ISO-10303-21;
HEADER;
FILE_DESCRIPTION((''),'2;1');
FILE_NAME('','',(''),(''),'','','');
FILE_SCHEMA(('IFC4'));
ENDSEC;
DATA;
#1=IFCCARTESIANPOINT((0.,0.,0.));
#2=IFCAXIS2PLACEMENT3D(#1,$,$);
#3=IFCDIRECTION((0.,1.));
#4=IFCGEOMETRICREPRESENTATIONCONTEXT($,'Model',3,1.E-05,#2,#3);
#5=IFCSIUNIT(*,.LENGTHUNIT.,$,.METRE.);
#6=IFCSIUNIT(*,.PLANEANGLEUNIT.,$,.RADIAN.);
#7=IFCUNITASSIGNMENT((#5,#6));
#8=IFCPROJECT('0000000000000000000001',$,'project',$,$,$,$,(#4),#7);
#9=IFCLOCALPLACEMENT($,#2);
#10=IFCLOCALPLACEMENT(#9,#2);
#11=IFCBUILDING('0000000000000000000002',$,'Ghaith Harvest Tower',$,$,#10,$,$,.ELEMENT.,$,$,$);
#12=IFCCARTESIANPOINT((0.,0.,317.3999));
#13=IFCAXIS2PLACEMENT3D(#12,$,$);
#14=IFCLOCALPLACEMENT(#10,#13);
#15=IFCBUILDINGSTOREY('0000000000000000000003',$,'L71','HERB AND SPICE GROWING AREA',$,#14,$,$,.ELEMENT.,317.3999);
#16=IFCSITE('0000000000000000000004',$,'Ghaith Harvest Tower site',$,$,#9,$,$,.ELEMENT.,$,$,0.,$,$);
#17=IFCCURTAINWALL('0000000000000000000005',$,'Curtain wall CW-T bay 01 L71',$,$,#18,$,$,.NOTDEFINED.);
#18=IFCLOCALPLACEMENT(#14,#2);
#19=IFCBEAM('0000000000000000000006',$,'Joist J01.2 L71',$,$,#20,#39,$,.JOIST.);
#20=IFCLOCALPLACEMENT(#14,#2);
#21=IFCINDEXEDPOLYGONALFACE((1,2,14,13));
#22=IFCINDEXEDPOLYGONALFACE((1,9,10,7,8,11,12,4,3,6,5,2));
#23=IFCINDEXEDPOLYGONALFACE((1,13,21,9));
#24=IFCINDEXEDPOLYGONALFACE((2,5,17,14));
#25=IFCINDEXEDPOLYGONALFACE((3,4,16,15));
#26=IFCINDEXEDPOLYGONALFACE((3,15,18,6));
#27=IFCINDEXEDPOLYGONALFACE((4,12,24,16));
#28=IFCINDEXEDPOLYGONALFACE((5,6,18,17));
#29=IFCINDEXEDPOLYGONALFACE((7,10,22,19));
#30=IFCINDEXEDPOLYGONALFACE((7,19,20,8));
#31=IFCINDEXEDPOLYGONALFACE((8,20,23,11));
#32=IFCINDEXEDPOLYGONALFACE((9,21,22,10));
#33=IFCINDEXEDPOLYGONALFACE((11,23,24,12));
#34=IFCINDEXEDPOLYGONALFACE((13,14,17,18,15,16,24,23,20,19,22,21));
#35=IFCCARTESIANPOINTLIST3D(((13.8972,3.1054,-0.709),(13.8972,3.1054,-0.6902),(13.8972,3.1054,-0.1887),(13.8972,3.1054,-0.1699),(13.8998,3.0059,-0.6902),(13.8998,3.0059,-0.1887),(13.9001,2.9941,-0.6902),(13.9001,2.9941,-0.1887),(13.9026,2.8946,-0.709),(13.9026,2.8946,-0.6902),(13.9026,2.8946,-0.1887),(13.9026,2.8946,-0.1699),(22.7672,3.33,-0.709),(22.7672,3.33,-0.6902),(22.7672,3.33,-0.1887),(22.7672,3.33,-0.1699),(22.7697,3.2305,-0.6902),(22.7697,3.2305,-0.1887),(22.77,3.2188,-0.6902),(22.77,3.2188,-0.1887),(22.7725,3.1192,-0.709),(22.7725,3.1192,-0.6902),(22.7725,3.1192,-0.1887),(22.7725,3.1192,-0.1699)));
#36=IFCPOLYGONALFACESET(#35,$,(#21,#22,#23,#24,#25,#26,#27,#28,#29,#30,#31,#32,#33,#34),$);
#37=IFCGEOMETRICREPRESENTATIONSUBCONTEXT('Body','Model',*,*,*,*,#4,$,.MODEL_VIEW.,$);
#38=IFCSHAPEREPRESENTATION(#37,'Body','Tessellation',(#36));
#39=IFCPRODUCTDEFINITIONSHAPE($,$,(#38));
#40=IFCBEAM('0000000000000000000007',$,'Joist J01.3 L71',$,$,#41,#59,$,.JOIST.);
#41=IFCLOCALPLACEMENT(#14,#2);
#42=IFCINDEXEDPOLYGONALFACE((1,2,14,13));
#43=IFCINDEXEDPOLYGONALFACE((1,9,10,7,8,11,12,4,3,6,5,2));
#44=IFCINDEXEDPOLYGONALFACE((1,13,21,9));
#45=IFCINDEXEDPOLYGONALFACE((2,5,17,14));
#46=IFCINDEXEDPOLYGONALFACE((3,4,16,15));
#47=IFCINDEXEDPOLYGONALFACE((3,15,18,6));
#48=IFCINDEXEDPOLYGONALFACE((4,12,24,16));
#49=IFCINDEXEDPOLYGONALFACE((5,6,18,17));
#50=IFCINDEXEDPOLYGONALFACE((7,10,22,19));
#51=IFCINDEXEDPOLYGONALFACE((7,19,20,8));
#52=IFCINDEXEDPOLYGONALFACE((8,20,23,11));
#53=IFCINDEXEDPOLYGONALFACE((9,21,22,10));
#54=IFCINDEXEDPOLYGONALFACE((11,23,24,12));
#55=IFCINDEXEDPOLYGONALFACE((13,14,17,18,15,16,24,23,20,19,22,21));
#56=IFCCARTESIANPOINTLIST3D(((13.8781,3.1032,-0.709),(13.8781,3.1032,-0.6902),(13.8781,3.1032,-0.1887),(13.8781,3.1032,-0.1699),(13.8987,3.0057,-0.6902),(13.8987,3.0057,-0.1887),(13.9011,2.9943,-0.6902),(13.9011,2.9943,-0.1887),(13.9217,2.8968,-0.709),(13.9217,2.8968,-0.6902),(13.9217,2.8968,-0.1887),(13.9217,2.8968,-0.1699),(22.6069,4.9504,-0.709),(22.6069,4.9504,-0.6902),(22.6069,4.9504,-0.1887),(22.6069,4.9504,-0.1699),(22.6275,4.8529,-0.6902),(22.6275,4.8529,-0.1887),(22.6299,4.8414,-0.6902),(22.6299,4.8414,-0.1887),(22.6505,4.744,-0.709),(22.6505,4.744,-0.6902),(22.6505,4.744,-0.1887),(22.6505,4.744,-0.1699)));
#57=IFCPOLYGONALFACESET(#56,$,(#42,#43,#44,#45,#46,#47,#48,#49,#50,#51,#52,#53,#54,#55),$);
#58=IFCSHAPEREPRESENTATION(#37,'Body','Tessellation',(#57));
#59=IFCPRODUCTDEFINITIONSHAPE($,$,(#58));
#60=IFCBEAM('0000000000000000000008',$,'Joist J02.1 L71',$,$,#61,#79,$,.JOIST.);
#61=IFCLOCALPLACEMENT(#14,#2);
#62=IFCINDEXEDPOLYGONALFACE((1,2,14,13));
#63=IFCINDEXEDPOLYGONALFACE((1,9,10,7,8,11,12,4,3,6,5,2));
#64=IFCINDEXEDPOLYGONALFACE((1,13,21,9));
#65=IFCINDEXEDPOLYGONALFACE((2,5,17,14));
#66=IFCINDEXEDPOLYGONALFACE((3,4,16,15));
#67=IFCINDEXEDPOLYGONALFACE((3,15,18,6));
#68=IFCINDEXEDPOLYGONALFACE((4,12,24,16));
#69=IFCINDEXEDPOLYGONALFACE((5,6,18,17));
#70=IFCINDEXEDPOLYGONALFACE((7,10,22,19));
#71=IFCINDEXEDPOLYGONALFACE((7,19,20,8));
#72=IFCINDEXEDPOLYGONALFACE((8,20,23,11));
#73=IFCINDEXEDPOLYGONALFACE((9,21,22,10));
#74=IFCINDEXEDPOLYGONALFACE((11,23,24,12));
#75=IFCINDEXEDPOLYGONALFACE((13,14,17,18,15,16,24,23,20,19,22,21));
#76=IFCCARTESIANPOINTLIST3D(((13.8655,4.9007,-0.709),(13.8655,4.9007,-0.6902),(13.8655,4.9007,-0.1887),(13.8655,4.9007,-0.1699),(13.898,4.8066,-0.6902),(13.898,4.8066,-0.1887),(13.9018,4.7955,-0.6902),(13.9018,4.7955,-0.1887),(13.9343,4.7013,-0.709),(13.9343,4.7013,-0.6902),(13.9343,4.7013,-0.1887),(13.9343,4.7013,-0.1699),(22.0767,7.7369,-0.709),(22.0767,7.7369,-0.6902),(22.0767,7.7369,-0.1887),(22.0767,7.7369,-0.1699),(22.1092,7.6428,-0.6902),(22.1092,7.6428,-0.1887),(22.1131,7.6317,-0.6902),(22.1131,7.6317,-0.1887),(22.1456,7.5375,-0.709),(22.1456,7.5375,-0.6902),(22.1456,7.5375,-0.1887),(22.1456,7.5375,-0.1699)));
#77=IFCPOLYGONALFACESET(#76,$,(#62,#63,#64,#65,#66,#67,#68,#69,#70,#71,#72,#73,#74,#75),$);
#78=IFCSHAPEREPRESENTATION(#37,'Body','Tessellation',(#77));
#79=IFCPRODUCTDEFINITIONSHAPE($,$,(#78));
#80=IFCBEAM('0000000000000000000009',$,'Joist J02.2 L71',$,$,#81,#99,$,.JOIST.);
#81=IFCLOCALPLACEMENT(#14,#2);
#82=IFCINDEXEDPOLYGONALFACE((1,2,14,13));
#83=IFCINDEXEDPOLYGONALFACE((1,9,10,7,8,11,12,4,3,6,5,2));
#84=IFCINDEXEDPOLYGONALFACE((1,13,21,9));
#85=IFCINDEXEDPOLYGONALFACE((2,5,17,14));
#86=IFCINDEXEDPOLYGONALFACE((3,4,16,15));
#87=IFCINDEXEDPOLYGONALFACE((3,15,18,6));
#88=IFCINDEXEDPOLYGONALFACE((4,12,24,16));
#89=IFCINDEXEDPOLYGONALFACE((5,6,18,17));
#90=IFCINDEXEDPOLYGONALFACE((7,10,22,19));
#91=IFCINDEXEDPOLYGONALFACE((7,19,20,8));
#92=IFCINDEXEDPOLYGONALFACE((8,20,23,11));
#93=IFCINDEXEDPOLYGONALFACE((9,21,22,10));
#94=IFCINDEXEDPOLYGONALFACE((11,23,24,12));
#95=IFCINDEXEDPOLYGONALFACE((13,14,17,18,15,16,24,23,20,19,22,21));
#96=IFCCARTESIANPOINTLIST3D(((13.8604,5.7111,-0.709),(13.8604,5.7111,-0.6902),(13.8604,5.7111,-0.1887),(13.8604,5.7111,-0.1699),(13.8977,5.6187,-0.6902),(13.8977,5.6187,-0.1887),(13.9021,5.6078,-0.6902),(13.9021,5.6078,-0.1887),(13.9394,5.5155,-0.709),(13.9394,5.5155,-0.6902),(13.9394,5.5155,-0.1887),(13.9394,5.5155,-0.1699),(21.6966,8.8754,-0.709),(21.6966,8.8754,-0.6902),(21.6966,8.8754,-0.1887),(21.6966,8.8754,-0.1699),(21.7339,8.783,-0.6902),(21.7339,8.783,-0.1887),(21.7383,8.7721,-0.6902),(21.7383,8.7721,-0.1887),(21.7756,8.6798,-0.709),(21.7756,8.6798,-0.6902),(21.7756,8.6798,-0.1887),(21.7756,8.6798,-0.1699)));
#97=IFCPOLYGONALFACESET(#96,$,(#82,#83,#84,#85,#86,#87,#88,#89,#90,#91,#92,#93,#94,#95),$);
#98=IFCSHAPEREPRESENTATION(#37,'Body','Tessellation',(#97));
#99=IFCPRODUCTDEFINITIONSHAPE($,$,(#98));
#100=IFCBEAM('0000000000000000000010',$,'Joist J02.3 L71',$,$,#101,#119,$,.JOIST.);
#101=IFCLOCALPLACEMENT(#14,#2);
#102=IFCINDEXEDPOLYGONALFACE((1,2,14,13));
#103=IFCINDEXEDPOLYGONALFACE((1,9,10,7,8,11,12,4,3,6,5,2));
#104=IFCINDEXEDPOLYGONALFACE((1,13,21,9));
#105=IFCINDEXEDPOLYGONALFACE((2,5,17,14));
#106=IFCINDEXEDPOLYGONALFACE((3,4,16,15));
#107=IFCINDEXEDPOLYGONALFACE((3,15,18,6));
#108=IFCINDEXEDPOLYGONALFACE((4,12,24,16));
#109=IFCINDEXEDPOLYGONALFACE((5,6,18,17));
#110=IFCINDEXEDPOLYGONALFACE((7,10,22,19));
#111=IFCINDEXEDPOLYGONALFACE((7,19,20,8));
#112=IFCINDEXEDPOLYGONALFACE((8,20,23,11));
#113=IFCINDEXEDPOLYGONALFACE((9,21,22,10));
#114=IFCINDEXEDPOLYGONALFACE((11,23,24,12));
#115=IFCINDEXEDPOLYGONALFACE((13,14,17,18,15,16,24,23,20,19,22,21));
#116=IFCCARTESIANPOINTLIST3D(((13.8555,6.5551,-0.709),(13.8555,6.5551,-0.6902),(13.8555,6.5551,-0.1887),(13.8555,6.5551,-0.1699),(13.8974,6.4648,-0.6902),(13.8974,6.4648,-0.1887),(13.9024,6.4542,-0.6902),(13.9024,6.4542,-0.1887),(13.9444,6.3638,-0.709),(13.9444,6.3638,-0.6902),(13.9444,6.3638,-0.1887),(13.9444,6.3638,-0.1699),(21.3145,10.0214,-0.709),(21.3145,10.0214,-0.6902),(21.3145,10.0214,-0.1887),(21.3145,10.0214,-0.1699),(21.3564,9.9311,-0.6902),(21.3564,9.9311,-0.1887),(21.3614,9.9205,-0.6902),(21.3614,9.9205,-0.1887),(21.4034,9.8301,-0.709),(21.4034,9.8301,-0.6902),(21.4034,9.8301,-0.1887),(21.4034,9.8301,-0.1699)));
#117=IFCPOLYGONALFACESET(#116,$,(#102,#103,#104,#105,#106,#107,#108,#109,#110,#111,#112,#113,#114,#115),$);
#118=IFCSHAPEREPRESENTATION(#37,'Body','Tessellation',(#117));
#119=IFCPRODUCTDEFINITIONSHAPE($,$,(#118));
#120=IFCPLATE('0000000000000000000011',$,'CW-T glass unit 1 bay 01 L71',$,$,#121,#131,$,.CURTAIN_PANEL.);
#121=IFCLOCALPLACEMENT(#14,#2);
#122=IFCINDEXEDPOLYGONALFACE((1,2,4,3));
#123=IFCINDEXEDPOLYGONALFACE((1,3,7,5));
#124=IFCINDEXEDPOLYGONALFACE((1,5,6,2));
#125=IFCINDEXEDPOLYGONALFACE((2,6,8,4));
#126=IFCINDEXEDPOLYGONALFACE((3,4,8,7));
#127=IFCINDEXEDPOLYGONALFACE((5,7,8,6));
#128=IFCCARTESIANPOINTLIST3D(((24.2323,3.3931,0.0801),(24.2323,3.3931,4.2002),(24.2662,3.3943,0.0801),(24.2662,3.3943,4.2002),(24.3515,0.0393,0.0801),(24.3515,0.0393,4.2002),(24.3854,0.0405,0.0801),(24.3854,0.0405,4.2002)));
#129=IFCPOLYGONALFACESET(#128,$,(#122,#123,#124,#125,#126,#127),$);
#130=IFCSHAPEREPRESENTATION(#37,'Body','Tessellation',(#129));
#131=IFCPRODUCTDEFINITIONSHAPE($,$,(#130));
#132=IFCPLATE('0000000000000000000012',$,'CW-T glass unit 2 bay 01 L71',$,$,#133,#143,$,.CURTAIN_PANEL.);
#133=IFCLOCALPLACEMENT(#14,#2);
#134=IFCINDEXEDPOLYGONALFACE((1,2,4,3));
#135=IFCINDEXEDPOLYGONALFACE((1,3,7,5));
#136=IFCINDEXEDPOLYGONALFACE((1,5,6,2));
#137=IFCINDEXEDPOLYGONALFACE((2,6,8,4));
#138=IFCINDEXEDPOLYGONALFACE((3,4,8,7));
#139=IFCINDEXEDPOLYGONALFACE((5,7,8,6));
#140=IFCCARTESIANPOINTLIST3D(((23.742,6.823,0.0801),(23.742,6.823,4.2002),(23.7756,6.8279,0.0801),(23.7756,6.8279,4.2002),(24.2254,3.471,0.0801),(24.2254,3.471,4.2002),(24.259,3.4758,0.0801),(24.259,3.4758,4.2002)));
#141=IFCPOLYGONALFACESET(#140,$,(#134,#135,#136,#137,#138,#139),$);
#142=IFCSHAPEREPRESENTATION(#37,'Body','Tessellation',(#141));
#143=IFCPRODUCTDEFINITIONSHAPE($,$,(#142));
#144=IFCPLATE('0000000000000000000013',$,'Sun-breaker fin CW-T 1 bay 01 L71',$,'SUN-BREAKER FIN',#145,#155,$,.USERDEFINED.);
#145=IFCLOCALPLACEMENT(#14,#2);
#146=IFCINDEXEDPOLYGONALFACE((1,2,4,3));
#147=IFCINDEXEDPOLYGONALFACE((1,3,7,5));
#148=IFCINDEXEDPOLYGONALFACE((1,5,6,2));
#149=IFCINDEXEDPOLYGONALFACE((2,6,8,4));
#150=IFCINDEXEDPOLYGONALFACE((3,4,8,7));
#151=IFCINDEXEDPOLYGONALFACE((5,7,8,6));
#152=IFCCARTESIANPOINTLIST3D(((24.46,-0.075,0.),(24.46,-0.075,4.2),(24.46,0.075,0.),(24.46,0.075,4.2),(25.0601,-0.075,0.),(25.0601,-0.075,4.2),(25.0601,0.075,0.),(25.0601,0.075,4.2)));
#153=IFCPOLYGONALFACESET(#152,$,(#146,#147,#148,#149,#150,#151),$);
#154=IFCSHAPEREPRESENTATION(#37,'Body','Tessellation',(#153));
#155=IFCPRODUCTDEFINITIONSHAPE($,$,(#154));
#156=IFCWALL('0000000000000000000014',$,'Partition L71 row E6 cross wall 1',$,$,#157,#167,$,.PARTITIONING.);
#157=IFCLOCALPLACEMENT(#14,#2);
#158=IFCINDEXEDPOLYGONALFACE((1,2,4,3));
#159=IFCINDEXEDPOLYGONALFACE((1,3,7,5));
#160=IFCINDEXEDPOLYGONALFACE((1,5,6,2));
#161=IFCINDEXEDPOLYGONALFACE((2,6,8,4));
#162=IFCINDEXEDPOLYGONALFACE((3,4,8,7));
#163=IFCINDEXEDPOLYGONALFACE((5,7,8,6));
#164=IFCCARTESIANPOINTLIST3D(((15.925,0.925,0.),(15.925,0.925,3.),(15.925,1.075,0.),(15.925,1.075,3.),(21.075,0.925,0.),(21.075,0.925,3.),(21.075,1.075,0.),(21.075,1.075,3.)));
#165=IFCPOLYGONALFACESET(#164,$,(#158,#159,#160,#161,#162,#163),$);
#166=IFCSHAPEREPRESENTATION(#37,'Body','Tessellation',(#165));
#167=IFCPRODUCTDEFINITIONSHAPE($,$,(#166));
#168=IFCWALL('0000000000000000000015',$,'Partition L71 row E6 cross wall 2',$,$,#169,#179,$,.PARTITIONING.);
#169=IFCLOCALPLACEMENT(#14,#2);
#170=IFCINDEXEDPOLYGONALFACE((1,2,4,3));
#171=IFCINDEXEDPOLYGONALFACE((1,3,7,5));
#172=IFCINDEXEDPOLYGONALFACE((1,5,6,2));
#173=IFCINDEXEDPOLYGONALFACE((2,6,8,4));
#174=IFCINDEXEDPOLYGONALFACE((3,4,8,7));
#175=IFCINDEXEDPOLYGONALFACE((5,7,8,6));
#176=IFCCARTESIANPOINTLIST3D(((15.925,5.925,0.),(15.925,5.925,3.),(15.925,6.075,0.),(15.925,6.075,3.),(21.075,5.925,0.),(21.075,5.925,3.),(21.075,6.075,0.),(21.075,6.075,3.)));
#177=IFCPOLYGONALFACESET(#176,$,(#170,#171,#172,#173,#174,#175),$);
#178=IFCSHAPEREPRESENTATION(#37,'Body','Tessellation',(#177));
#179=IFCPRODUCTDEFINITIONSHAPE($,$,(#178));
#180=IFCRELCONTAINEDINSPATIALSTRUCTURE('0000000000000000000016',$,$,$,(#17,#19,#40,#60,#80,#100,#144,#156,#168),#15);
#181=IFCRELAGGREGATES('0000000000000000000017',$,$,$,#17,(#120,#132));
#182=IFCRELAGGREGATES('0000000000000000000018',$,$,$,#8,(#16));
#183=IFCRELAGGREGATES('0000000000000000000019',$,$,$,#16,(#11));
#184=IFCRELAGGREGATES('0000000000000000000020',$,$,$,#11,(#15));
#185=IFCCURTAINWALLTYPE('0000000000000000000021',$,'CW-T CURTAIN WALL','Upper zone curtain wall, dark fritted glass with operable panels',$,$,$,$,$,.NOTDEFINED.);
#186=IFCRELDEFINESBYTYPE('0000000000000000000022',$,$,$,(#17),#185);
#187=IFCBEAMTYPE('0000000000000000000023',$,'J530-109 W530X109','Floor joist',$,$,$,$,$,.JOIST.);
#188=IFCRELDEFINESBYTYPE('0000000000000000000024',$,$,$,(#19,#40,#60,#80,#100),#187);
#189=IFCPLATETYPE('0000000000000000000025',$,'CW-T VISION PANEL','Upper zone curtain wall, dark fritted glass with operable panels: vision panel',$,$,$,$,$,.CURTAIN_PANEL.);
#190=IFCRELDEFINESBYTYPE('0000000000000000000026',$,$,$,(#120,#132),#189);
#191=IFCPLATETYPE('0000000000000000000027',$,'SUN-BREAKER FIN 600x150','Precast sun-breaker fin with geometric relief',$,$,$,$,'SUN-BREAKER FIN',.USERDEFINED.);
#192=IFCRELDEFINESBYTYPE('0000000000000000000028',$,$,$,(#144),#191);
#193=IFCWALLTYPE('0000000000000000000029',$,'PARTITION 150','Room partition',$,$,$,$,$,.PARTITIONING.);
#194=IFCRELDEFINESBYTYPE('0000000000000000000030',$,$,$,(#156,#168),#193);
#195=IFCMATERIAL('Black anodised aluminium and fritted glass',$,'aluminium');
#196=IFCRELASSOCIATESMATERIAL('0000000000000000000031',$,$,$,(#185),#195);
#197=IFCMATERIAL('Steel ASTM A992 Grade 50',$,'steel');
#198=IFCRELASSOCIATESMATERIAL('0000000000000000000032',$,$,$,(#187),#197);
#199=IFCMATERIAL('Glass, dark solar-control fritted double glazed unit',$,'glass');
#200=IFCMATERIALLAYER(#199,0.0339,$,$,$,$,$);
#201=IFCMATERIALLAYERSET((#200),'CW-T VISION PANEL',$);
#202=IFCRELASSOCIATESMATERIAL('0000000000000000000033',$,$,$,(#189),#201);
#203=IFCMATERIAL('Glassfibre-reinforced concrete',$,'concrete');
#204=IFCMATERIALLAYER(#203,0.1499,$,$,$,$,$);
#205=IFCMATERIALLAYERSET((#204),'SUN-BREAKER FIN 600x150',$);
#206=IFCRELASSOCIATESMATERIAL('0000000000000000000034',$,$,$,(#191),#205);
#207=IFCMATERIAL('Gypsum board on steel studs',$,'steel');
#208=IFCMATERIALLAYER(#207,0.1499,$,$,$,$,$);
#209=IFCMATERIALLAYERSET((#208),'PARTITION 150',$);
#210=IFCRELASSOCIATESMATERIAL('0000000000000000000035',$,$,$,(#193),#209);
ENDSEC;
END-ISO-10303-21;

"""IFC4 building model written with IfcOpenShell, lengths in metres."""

from ifc_helpers import new_model, si_unit, direction, frame, frame_2d, origin, origin_2d, place, context, subcontext, project, spatial, rectangle, i_section, extrude, material, layer, layer_set, material_profile, profile_set, type_object, element, aggregate, save


model = new_model("IFC4")

# Units and contexts
model_context = context("Model", 3, precision=1e-05, world=origin(), true_north=direction((0.0, 1.0)))
body_context = subcontext(model_context, "Body", "Model", "MODEL_VIEW")
ifc_project = project(units=[si_unit("LENGTHUNIT", "METRE"), si_unit("PLANEANGLEUNIT", "RADIAN")], contexts=[model_context])

# Site, building, storey
site_placement = place(None, origin())
site = spatial("IfcSite", under=ifc_project, at=site_placement, Name="Ghaith Harvest Tower site", CompositionType="ELEMENT", RefElevation=0.0)
building_placement = place(site_placement, origin())
building = spatial("IfcBuilding", under=site, at=building_placement, Name="Ghaith Harvest Tower", CompositionType="ELEMENT")
storey_placement = place(building_placement, frame((0.0, 0.0, 317.3999)))
storey = spatial("IfcBuildingStorey", under=building, at=storey_placement, Name="L71", Description="HERB AND SPICE GROWING AREA", CompositionType="ELEMENT", Elevation=317.3999)

# Curtain wall
ifc_material_1 = material(Name="Black anodised aluminium and fritted glass", Category="aluminium")
curtain_wall_type = type_object("IfcCurtainWallType", Name="CW-T CURTAIN WALL", Description="Upper zone curtain wall, dark fritted glass with operable panels", PredefinedType="NOTDEFINED", material=ifc_material_1)
curtain_wall_1_placement = place(storey_placement, origin())
curtain_wall_1 = element("IfcCurtainWall", 1, at=curtain_wall_1_placement, inside=storey, type_object=curtain_wall_type, Name="Curtain wall CW-T bay 01 L71", PredefinedType="NOTDEFINED")

# Beams
ifc_material_2 = material(Name="Steel ASTM A992 Grade 50", Category="steel")
ifc_material_profile_1 = material_profile(ifc_material_2, i_section(OverallWidth=0.2109, OverallDepth=0.5391, WebThickness=0.0117, FlangeThickness=0.0188, at=origin_2d()), Name="W530X109")
ifc_profile_set_1 = profile_set([ifc_material_profile_1], Name="Steel ASTM A992 Grade 50")
beam_type_1 = type_object("IfcBeamType", Name="J530-109 W530X109", Description="Floor joist", PredefinedType="JOIST", material=ifc_profile_set_1)
beam_1_placement = place(storey_placement, frame((13.8999, 3.0, -0.4395), z_axis=(0.99968, 0.025315, 0.0), x_axis=(-0.025315, 0.99968, 0.0)))
element("IfcBeam", 2, at=beam_1_placement, inside=storey, type_object=beam_type_1, Name="Joist J01.2 L71", PredefinedType="JOIST", context=body_context, shape_type="SweptSolid", body=[
    extrude(i_section(OverallWidth=0.2109, OverallDepth=0.5391, WebThickness=0.0117, FlangeThickness=0.0188, at=origin_2d()), origin(), (0.0, 0.0, 1.0), 8.8728),
])
beam_2_placement = place(storey_placement, frame((13.8999, 3.0, -0.4395), z_axis=(0.978334, 0.207034, 0.0), x_axis=(-0.207034, 0.978334, 0.0)))
element("IfcBeam", 3, at=beam_2_placement, inside=storey, type_object=beam_type_1, Name="Joist J01.3 L71", PredefinedType="JOIST", context=body_context, shape_type="SweptSolid", body=[
    extrude(i_section(OverallWidth=0.2109, OverallDepth=0.5391, WebThickness=0.0117, FlangeThickness=0.0188, at=origin_2d()), origin(), (0.0, 0.0, 1.0), 8.9221),
])
beam_3_placement = place(storey_placement, frame((13.8999, 4.801, -0.4395), z_axis=(0.945205, 0.326478, 0.0), x_axis=(-0.326478, 0.945205, 0.0)))
element("IfcBeam", 4, at=beam_3_placement, inside=storey, type_object=beam_type_1, Name="Joist J02.1 L71", PredefinedType="JOIST", context=body_context, shape_type="SweptSolid", body=[
    extrude(i_section(OverallWidth=0.2109, OverallDepth=0.5391, WebThickness=0.0117, FlangeThickness=0.0188, at=origin_2d()), origin(), (0.0, 0.0, 1.0), 8.6873),
])
beam_4_placement = place(storey_placement, frame((13.8999, 5.6133, -0.4395), z_axis=(0.927254, 0.374432, 0.0), x_axis=(-0.374432, 0.927254, 0.0)))
element("IfcBeam", 5, at=beam_4_placement, inside=storey, type_object=beam_type_1, Name="Joist J02.2 L71", PredefinedType="JOIST", context=body_context, shape_type="SweptSolid", body=[
    extrude(i_section(OverallWidth=0.2109, OverallDepth=0.5391, WebThickness=0.0117, FlangeThickness=0.0188, at=origin_2d()), origin(), (0.0, 0.0, 1.0), 8.4509),
])
beam_5_placement = place(storey_placement, frame((13.8999, 6.4595, -0.4395), z_axis=(0.90686, 0.421432, 0.0), x_axis=(-0.421432, 0.90686, 0.0)))
element("IfcBeam", 6, at=beam_5_placement, inside=storey, type_object=beam_type_1, Name="Joist J02.3 L71", PredefinedType="JOIST", context=body_context, shape_type="SweptSolid", body=[
    extrude(i_section(OverallWidth=0.2109, OverallDepth=0.5391, WebThickness=0.0117, FlangeThickness=0.0188, at=origin_2d()), origin(), (0.0, 0.0, 1.0), 8.2251),
])

# Plates
ifc_material_3 = material(Name="Glass, dark solar-control fritted double glazed unit", Category="glass")
ifc_layer_1 = layer(ifc_material_3, 0.0339)
ifc_layer_set_1 = layer_set([ifc_layer_1], Name="CW-T VISION PANEL")
plate_type_1 = type_object("IfcPlateType", Name="CW-T VISION PANEL", Description="Upper zone curtain wall, dark fritted glass with operable panels: vision panel", PredefinedType="CURTAIN_PANEL", material=ifc_layer_set_1)
plate_1_placement = place(storey_placement, frame((24.3088, 1.7168, 0.0801), z_axis=(0.0, 0.0, 1.0), x_axis=(-0.035536, 0.999368, 0.0)))
plate_1 = element("IfcPlate", 7, at=plate_1_placement, type_object=plate_type_1, Name="CW-T glass unit 1 bay 01 L71", PredefinedType="CURTAIN_PANEL", context=body_context, shape_type="SweptSolid", body=[
    extrude(rectangle(XDim=3.356, YDim=0.0339, at=origin_2d()), origin(), (0.0, 0.0, 1.0), 4.1201),
])
plate_2_placement = place(storey_placement, frame((24.0005, 5.1494, 0.0801), z_axis=(0.0, 0.0, 1.0), x_axis=(-0.14273, 0.989762, 0.0)))
plate_2 = element("IfcPlate", 8, at=plate_2_placement, type_object=plate_type_1, Name="CW-T glass unit 2 bay 01 L71", PredefinedType="CURTAIN_PANEL", context=body_context, shape_type="SweptSolid", body=[
    extrude(rectangle(XDim=3.3867, YDim=0.0339, at=origin_2d()), origin(), (0.0, 0.0, 1.0), 4.1201),
])
aggregate(curtain_wall_1, [plate_1, plate_2])
ifc_material_4 = material(Name="Glassfibre-reinforced concrete", Category="concrete")
ifc_layer_2 = layer(ifc_material_4, 0.1499)
ifc_layer_set_2 = layer_set([ifc_layer_2], Name="SUN-BREAKER FIN 600x150")
plate_type_2 = type_object("IfcPlateType", Name="SUN-BREAKER FIN 600x150", Description="Precast sun-breaker fin with geometric relief", ElementType="SUN-BREAKER FIN", PredefinedType="USERDEFINED", material=ifc_layer_set_2)
plate_3_placement = place(storey_placement, frame((24.76, 0.0, 0.0), z_axis=(0.0, 0.0, 1.0), x_axis=(1.0, 0.0, 0.0)))
element("IfcPlate", 9, at=plate_3_placement, inside=storey, type_object=plate_type_2, Name="Sun-breaker fin CW-T 1 bay 01 L71", ObjectType="SUN-BREAKER FIN", PredefinedType="USERDEFINED", context=body_context, shape_type="SweptSolid", body=[
    extrude(rectangle(XDim=0.6001, YDim=0.1499, at=origin_2d()), origin(), (0.0, 0.0, 1.0), 4.2),
])

# Walls
ifc_material_5 = material(Name="Gypsum board on steel studs", Category="steel")
ifc_layer_3 = layer(ifc_material_5, 0.1499)
ifc_layer_set_3 = layer_set([ifc_layer_3], Name="PARTITION 150")
wall_type = type_object("IfcWallType", Name="PARTITION 150", Description="Room partition", PredefinedType="PARTITIONING", material=ifc_layer_set_3)
for number, where, z_axis, x_axis, name in (
    (10, (15.925, 1.0, 0.0), (0.0, 0.0, 1.0), (1.0, 0.0, 0.0), "Partition L71 row E6 cross wall 1"),
    (11, (15.925, 6.0, 0.0), (0.0, 0.0, 1.0), (1.0, 0.0, 0.0), "Partition L71 row E6 cross wall 2"),
):
    element("IfcWall", number, at=place(storey_placement, frame(where, z_axis=z_axis, x_axis=x_axis)), inside=storey, type_object=wall_type, Name=name, PredefinedType="PARTITIONING", context=body_context, shape_type="SweptSolid", body=[
        extrude(rectangle(XDim=5.1499, YDim=0.1499, at=frame_2d((2.575, 0.0))), origin(), (0.0, 0.0, 1.0), 3.0),
    ])

save(model, "model.ifc")
